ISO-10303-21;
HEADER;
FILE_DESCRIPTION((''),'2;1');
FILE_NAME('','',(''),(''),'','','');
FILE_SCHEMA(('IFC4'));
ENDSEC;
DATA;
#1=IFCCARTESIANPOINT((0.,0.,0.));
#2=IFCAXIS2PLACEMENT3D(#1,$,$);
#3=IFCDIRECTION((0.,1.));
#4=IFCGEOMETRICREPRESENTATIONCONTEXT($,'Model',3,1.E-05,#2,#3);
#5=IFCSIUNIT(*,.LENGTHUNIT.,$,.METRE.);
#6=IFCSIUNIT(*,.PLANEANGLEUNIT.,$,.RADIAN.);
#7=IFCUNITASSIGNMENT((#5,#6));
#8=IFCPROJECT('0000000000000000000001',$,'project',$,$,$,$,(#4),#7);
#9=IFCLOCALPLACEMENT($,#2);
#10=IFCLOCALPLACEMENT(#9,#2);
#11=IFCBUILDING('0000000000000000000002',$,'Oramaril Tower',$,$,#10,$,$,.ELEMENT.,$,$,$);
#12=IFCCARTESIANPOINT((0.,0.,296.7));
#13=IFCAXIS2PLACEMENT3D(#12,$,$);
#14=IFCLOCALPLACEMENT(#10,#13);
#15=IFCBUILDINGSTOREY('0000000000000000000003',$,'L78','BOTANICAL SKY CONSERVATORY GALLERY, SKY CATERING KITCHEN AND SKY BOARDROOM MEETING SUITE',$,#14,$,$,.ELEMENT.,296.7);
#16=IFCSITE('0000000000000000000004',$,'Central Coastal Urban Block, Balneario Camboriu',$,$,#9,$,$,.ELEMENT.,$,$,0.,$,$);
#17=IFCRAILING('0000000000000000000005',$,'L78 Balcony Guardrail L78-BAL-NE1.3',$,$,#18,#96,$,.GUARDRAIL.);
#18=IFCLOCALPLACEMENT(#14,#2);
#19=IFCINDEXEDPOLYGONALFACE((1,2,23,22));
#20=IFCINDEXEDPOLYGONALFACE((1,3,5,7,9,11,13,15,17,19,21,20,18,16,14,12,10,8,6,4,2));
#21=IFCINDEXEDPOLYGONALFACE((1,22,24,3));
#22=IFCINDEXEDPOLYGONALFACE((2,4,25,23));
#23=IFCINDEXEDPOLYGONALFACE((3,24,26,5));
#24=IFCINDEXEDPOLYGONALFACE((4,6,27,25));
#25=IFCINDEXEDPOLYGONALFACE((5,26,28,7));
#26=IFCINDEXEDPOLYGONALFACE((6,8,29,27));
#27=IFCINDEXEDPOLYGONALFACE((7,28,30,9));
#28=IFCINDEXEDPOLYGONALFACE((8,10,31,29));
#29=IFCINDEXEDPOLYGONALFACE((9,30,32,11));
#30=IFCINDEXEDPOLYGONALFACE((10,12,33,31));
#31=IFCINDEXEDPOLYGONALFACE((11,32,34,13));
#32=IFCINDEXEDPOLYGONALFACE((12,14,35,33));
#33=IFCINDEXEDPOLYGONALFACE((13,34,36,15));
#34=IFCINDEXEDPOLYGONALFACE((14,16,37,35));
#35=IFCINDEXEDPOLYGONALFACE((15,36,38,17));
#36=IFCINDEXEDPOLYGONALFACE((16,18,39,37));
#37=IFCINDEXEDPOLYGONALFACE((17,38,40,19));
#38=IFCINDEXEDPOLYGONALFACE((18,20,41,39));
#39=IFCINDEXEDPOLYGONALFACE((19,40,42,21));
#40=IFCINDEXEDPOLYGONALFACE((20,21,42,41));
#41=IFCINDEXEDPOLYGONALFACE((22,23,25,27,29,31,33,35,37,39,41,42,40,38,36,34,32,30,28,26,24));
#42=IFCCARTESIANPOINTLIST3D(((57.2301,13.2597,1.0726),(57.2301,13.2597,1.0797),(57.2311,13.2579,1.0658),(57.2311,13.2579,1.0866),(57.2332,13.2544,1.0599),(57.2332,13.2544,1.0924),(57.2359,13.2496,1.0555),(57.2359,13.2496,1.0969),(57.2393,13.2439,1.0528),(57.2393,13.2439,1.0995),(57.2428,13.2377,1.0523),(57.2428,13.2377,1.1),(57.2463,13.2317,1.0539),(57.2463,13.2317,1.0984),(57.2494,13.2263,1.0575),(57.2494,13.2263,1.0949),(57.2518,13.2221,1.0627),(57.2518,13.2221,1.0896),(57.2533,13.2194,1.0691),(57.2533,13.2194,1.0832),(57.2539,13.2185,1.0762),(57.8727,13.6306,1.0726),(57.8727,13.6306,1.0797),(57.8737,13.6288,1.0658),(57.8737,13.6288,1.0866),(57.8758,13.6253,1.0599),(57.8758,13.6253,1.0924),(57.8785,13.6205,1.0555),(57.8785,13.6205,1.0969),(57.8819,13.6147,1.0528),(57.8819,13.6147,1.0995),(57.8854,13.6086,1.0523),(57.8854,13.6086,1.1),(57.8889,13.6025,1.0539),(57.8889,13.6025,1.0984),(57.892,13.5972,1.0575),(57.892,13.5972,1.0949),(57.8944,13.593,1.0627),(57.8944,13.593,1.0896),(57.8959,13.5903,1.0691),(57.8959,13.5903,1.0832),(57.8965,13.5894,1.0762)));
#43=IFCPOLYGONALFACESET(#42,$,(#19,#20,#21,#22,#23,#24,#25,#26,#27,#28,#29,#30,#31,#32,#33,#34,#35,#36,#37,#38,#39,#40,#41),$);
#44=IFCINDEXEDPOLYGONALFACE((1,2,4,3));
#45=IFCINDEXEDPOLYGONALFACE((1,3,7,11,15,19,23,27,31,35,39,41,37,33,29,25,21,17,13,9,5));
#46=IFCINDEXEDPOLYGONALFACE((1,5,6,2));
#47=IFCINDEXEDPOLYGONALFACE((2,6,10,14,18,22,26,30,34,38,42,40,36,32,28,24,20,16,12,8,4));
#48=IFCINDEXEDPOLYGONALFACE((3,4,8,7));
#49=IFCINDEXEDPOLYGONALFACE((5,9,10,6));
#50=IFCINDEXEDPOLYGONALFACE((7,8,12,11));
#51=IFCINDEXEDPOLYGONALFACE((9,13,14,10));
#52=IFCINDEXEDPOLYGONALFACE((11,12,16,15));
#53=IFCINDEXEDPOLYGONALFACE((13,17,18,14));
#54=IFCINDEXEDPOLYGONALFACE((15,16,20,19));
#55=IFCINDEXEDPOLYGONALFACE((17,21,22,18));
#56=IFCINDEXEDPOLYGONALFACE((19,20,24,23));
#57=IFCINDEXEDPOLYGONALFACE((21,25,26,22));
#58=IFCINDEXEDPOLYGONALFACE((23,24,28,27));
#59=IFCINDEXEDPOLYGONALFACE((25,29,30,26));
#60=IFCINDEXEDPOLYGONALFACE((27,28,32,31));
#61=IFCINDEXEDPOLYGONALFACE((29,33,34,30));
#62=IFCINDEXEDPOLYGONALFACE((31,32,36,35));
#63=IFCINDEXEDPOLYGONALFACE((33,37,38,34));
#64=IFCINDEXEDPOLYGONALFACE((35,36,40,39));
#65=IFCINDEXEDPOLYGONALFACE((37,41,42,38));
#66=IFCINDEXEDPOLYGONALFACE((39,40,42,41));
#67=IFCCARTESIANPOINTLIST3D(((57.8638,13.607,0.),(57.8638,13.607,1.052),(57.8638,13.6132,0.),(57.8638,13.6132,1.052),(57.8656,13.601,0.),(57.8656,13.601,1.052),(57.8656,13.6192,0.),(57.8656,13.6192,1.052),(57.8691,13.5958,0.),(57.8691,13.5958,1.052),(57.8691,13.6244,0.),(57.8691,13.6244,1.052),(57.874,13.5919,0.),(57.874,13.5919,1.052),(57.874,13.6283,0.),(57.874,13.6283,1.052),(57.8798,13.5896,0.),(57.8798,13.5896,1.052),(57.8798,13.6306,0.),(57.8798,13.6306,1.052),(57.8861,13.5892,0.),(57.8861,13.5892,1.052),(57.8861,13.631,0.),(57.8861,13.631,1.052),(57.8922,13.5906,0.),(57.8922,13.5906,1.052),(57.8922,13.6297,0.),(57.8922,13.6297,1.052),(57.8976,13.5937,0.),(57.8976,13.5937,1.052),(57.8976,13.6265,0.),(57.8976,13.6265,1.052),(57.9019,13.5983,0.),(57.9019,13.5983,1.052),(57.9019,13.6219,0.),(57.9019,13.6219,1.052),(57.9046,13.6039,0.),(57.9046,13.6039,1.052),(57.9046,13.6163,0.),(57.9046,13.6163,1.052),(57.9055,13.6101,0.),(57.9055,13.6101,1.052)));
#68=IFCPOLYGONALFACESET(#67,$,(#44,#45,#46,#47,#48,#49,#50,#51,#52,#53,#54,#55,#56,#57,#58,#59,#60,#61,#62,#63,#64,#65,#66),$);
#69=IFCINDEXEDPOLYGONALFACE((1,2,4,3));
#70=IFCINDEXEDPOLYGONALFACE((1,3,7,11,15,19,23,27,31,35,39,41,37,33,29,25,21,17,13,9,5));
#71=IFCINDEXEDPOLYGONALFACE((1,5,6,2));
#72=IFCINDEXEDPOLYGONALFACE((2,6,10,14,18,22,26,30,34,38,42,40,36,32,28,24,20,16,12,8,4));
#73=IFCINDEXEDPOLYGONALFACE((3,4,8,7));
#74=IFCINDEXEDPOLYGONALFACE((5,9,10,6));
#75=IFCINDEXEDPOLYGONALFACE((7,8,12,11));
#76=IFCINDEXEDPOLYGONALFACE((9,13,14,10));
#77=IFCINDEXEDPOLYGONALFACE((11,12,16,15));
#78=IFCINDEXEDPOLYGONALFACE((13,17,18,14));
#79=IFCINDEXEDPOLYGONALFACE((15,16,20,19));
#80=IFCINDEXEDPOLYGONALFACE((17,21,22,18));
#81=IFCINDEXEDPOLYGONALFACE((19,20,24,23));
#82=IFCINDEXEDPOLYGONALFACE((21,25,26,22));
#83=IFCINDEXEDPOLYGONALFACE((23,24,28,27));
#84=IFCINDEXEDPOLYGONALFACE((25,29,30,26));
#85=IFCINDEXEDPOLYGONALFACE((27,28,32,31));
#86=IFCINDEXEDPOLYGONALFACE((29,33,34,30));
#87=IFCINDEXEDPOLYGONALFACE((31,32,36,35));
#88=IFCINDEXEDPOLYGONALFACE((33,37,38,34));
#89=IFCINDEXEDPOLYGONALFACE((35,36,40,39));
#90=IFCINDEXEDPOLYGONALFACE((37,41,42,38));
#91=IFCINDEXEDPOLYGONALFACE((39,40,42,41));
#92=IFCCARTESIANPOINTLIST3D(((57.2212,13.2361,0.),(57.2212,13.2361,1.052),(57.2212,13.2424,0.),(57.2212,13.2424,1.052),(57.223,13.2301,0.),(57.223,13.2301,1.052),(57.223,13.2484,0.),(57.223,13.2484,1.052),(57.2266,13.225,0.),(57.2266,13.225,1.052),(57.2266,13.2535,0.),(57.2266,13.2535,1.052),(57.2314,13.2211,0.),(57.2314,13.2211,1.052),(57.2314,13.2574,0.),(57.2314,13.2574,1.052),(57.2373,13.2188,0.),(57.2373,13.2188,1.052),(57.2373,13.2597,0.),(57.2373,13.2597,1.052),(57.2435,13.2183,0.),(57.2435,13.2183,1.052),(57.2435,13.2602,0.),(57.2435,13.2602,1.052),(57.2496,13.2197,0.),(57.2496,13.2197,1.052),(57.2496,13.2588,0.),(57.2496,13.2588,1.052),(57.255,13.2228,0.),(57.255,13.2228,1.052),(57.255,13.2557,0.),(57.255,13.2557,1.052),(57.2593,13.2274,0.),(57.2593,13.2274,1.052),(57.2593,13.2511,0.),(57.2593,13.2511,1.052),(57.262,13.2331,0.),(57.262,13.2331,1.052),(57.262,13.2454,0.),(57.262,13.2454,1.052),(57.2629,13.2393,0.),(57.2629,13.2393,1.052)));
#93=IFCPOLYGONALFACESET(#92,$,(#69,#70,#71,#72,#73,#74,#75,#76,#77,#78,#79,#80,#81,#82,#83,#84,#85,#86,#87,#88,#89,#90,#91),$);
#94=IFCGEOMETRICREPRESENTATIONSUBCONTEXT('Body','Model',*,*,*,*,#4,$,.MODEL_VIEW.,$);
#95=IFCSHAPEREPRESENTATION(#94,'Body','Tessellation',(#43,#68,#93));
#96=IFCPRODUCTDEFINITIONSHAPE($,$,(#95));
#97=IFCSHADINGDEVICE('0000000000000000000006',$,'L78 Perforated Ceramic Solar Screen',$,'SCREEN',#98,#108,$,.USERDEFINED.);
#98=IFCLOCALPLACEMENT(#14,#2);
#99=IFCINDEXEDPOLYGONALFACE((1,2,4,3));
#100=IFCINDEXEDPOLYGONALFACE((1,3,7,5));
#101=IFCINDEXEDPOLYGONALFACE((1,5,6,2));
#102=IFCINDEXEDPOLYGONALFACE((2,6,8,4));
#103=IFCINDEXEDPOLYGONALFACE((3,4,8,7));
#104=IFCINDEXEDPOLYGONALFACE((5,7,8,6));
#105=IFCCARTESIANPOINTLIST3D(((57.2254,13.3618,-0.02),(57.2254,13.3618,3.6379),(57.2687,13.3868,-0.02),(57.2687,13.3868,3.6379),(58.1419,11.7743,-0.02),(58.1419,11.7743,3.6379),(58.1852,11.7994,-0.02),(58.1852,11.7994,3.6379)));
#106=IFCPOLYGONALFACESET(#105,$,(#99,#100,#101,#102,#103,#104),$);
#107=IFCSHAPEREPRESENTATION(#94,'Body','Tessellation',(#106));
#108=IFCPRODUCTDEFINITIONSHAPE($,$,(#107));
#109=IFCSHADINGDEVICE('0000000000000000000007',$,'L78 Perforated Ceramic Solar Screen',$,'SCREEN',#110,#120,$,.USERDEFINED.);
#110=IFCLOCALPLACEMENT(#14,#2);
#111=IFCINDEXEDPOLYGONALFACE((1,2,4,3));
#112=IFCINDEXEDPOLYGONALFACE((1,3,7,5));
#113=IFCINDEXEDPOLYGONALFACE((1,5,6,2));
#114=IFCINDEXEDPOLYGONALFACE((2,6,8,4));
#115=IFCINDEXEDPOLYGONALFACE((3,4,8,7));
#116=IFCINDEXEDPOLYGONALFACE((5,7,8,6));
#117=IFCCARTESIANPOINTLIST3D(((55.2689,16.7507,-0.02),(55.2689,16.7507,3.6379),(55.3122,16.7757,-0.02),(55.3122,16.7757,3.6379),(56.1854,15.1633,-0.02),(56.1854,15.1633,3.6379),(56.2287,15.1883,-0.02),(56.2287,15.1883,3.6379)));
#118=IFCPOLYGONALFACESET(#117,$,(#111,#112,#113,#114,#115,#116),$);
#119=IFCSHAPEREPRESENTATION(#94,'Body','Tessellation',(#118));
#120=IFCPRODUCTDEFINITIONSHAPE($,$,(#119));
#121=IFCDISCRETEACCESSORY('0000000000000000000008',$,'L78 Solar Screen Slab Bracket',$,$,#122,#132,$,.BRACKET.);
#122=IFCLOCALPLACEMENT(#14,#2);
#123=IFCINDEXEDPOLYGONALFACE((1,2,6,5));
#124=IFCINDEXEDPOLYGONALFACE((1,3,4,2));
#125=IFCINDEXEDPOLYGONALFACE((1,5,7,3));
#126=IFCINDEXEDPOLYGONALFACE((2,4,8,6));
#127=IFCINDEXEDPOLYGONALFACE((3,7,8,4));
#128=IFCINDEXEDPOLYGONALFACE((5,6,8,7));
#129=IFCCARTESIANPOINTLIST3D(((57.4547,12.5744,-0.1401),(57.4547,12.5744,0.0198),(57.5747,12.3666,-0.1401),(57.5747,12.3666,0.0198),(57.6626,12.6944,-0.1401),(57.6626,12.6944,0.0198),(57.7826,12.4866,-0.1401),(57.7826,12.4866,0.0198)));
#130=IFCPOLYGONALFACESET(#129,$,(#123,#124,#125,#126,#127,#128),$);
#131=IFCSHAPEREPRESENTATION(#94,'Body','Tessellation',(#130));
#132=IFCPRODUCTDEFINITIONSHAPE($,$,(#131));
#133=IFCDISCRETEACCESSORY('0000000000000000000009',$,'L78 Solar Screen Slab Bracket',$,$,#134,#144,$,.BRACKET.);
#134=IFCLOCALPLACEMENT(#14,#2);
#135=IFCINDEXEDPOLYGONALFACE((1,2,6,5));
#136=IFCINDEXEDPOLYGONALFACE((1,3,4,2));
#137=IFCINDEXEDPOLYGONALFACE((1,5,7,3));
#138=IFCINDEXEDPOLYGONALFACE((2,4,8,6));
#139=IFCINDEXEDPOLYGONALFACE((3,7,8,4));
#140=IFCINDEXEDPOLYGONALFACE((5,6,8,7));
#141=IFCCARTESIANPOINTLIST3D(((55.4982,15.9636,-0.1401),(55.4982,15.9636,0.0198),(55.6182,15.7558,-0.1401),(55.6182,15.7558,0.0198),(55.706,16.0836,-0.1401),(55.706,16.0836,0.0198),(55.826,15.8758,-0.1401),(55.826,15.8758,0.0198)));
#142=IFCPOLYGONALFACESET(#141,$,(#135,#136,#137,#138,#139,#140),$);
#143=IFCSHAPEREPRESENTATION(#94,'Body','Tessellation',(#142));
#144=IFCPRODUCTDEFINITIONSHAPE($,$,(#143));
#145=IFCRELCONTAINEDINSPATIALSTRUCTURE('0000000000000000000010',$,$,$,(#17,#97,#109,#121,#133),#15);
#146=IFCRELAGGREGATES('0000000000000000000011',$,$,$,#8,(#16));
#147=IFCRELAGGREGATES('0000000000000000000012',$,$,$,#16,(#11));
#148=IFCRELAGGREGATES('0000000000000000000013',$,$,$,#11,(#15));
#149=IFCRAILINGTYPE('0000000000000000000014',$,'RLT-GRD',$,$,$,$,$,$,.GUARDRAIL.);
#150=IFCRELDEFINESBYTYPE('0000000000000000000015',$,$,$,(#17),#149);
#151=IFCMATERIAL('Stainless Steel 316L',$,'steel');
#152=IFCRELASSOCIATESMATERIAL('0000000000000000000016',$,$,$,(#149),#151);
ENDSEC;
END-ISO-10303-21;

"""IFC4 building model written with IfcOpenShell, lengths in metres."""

from ifc_helpers import new_model, si_unit, direction, frame, origin, origin_2d, place, context, subcontext, project, spatial, rectangle, circle, extrude, material, type_object, element, save


model = new_model("IFC4")

# Units and contexts
model_context = context("Model", 3, precision=1e-05, world=origin(), true_north=direction((0.0, 1.0)))
body_context = subcontext(model_context, "Body", "Model", "MODEL_VIEW")
ifc_project = project(units=[si_unit("LENGTHUNIT", "METRE"), si_unit("PLANEANGLEUNIT", "RADIAN")], contexts=[model_context])

# Site, building, storey
site_placement = place(None, origin())
site = spatial("IfcSite", under=ifc_project, at=site_placement, Name="Central Coastal Urban Block, Balneario Camboriu", CompositionType="ELEMENT", RefElevation=0.0)
building_placement = place(site_placement, origin())
building = spatial("IfcBuilding", under=site, at=building_placement, Name="Oramaril Tower", CompositionType="ELEMENT")
storey_placement = place(building_placement, frame((0.0, 0.0, 296.7)))
storey = spatial("IfcBuildingStorey", under=building, at=storey_placement, Name="L78", Description="BOTANICAL SKY CONSERVATORY GALLERY, SKY CATERING KITCHEN AND SKY BOARDROOM MEETING SUITE", CompositionType="ELEMENT", Elevation=296.7)

# Railing
ifc_material_1 = material(Name="Stainless Steel 316L", Category="steel")
railing_type = type_object("IfcRailingType", Name="RLT-GRD", PredefinedType="GUARDRAIL", material=ifc_material_1)
railing_placement = place(storey_placement, frame((57.8845, 13.6101, 0.0)))
element("IfcRailing", 1, at=railing_placement, inside=storey, type_object=railing_type, Name="L78 Balcony Guardrail L78-BAL-NE1.3", PredefinedType="GUARDRAIL", context=body_context, shape_type="SweptSolid", body=[
    extrude(circle(Radius=0.0239, at=origin_2d()), frame((0.0, 0.0, 1.0762), z_axis=(-0.866109, -0.499855, 0.0), x_axis=(0.499855, -0.866109, 0.0)), (0.0, 0.0, 1.0), 0.7419),
    extrude(circle(Radius=0.021, at=origin_2d()), origin(), (0.0, 0.0, 1.0), 1.052),
    extrude(circle(Radius=0.021, at=origin_2d()), frame((-0.6426, -0.3708, 0.0)), (0.0, 0.0, 1.0), 1.052),
])

# Shading devices
for number, where, z_axis, x_axis, name in (
    (2, (57.7053, 12.5806, -0.02), (0.0, 0.0, 1.0), (-0.499997, 0.866027, 0.0), "L78 Perforated Ceramic Solar Screen"),
    (3, (55.7488, 15.9695, -0.02), (0.0, 0.0, 1.0), (-0.499997, 0.866027, 0.0), "L78 Perforated Ceramic Solar Screen"),
):
    element("IfcShadingDevice", number, at=place(storey_placement, frame(where, z_axis=z_axis, x_axis=x_axis)), inside=storey, Name=name, ObjectType="SCREEN", PredefinedType="USERDEFINED", context=body_context, shape_type="SweptSolid", body=[
        extrude(rectangle(XDim=1.833, YDim=0.05, at=origin_2d()), origin(), (0.0, 0.0, 1.0), 3.658),
    ])

# Discrete accessories
for number, where, z_axis, x_axis, name in (
    (4, (57.6187, 12.5305, -0.1401), (0.0, 0.0, 1.0), (-0.499997, 0.866027, 0.0), "L78 Solar Screen Slab Bracket"),
    (5, (55.6621, 15.9197, -0.1401), (0.0, 0.0, 1.0), (-0.499997, 0.866027, 0.0), "L78 Solar Screen Slab Bracket"),
):
    element("IfcDiscreteAccessory", number, at=place(storey_placement, frame(where, z_axis=z_axis, x_axis=x_axis)), inside=storey, Name=name, PredefinedType="BRACKET", context=body_context, shape_type="SweptSolid", body=[
        extrude(rectangle(XDim=0.24, YDim=0.24, at=origin_2d()), origin(), (0.0, 0.0, 1.0), 0.1599),
    ])

save(model, "model.ifc")
